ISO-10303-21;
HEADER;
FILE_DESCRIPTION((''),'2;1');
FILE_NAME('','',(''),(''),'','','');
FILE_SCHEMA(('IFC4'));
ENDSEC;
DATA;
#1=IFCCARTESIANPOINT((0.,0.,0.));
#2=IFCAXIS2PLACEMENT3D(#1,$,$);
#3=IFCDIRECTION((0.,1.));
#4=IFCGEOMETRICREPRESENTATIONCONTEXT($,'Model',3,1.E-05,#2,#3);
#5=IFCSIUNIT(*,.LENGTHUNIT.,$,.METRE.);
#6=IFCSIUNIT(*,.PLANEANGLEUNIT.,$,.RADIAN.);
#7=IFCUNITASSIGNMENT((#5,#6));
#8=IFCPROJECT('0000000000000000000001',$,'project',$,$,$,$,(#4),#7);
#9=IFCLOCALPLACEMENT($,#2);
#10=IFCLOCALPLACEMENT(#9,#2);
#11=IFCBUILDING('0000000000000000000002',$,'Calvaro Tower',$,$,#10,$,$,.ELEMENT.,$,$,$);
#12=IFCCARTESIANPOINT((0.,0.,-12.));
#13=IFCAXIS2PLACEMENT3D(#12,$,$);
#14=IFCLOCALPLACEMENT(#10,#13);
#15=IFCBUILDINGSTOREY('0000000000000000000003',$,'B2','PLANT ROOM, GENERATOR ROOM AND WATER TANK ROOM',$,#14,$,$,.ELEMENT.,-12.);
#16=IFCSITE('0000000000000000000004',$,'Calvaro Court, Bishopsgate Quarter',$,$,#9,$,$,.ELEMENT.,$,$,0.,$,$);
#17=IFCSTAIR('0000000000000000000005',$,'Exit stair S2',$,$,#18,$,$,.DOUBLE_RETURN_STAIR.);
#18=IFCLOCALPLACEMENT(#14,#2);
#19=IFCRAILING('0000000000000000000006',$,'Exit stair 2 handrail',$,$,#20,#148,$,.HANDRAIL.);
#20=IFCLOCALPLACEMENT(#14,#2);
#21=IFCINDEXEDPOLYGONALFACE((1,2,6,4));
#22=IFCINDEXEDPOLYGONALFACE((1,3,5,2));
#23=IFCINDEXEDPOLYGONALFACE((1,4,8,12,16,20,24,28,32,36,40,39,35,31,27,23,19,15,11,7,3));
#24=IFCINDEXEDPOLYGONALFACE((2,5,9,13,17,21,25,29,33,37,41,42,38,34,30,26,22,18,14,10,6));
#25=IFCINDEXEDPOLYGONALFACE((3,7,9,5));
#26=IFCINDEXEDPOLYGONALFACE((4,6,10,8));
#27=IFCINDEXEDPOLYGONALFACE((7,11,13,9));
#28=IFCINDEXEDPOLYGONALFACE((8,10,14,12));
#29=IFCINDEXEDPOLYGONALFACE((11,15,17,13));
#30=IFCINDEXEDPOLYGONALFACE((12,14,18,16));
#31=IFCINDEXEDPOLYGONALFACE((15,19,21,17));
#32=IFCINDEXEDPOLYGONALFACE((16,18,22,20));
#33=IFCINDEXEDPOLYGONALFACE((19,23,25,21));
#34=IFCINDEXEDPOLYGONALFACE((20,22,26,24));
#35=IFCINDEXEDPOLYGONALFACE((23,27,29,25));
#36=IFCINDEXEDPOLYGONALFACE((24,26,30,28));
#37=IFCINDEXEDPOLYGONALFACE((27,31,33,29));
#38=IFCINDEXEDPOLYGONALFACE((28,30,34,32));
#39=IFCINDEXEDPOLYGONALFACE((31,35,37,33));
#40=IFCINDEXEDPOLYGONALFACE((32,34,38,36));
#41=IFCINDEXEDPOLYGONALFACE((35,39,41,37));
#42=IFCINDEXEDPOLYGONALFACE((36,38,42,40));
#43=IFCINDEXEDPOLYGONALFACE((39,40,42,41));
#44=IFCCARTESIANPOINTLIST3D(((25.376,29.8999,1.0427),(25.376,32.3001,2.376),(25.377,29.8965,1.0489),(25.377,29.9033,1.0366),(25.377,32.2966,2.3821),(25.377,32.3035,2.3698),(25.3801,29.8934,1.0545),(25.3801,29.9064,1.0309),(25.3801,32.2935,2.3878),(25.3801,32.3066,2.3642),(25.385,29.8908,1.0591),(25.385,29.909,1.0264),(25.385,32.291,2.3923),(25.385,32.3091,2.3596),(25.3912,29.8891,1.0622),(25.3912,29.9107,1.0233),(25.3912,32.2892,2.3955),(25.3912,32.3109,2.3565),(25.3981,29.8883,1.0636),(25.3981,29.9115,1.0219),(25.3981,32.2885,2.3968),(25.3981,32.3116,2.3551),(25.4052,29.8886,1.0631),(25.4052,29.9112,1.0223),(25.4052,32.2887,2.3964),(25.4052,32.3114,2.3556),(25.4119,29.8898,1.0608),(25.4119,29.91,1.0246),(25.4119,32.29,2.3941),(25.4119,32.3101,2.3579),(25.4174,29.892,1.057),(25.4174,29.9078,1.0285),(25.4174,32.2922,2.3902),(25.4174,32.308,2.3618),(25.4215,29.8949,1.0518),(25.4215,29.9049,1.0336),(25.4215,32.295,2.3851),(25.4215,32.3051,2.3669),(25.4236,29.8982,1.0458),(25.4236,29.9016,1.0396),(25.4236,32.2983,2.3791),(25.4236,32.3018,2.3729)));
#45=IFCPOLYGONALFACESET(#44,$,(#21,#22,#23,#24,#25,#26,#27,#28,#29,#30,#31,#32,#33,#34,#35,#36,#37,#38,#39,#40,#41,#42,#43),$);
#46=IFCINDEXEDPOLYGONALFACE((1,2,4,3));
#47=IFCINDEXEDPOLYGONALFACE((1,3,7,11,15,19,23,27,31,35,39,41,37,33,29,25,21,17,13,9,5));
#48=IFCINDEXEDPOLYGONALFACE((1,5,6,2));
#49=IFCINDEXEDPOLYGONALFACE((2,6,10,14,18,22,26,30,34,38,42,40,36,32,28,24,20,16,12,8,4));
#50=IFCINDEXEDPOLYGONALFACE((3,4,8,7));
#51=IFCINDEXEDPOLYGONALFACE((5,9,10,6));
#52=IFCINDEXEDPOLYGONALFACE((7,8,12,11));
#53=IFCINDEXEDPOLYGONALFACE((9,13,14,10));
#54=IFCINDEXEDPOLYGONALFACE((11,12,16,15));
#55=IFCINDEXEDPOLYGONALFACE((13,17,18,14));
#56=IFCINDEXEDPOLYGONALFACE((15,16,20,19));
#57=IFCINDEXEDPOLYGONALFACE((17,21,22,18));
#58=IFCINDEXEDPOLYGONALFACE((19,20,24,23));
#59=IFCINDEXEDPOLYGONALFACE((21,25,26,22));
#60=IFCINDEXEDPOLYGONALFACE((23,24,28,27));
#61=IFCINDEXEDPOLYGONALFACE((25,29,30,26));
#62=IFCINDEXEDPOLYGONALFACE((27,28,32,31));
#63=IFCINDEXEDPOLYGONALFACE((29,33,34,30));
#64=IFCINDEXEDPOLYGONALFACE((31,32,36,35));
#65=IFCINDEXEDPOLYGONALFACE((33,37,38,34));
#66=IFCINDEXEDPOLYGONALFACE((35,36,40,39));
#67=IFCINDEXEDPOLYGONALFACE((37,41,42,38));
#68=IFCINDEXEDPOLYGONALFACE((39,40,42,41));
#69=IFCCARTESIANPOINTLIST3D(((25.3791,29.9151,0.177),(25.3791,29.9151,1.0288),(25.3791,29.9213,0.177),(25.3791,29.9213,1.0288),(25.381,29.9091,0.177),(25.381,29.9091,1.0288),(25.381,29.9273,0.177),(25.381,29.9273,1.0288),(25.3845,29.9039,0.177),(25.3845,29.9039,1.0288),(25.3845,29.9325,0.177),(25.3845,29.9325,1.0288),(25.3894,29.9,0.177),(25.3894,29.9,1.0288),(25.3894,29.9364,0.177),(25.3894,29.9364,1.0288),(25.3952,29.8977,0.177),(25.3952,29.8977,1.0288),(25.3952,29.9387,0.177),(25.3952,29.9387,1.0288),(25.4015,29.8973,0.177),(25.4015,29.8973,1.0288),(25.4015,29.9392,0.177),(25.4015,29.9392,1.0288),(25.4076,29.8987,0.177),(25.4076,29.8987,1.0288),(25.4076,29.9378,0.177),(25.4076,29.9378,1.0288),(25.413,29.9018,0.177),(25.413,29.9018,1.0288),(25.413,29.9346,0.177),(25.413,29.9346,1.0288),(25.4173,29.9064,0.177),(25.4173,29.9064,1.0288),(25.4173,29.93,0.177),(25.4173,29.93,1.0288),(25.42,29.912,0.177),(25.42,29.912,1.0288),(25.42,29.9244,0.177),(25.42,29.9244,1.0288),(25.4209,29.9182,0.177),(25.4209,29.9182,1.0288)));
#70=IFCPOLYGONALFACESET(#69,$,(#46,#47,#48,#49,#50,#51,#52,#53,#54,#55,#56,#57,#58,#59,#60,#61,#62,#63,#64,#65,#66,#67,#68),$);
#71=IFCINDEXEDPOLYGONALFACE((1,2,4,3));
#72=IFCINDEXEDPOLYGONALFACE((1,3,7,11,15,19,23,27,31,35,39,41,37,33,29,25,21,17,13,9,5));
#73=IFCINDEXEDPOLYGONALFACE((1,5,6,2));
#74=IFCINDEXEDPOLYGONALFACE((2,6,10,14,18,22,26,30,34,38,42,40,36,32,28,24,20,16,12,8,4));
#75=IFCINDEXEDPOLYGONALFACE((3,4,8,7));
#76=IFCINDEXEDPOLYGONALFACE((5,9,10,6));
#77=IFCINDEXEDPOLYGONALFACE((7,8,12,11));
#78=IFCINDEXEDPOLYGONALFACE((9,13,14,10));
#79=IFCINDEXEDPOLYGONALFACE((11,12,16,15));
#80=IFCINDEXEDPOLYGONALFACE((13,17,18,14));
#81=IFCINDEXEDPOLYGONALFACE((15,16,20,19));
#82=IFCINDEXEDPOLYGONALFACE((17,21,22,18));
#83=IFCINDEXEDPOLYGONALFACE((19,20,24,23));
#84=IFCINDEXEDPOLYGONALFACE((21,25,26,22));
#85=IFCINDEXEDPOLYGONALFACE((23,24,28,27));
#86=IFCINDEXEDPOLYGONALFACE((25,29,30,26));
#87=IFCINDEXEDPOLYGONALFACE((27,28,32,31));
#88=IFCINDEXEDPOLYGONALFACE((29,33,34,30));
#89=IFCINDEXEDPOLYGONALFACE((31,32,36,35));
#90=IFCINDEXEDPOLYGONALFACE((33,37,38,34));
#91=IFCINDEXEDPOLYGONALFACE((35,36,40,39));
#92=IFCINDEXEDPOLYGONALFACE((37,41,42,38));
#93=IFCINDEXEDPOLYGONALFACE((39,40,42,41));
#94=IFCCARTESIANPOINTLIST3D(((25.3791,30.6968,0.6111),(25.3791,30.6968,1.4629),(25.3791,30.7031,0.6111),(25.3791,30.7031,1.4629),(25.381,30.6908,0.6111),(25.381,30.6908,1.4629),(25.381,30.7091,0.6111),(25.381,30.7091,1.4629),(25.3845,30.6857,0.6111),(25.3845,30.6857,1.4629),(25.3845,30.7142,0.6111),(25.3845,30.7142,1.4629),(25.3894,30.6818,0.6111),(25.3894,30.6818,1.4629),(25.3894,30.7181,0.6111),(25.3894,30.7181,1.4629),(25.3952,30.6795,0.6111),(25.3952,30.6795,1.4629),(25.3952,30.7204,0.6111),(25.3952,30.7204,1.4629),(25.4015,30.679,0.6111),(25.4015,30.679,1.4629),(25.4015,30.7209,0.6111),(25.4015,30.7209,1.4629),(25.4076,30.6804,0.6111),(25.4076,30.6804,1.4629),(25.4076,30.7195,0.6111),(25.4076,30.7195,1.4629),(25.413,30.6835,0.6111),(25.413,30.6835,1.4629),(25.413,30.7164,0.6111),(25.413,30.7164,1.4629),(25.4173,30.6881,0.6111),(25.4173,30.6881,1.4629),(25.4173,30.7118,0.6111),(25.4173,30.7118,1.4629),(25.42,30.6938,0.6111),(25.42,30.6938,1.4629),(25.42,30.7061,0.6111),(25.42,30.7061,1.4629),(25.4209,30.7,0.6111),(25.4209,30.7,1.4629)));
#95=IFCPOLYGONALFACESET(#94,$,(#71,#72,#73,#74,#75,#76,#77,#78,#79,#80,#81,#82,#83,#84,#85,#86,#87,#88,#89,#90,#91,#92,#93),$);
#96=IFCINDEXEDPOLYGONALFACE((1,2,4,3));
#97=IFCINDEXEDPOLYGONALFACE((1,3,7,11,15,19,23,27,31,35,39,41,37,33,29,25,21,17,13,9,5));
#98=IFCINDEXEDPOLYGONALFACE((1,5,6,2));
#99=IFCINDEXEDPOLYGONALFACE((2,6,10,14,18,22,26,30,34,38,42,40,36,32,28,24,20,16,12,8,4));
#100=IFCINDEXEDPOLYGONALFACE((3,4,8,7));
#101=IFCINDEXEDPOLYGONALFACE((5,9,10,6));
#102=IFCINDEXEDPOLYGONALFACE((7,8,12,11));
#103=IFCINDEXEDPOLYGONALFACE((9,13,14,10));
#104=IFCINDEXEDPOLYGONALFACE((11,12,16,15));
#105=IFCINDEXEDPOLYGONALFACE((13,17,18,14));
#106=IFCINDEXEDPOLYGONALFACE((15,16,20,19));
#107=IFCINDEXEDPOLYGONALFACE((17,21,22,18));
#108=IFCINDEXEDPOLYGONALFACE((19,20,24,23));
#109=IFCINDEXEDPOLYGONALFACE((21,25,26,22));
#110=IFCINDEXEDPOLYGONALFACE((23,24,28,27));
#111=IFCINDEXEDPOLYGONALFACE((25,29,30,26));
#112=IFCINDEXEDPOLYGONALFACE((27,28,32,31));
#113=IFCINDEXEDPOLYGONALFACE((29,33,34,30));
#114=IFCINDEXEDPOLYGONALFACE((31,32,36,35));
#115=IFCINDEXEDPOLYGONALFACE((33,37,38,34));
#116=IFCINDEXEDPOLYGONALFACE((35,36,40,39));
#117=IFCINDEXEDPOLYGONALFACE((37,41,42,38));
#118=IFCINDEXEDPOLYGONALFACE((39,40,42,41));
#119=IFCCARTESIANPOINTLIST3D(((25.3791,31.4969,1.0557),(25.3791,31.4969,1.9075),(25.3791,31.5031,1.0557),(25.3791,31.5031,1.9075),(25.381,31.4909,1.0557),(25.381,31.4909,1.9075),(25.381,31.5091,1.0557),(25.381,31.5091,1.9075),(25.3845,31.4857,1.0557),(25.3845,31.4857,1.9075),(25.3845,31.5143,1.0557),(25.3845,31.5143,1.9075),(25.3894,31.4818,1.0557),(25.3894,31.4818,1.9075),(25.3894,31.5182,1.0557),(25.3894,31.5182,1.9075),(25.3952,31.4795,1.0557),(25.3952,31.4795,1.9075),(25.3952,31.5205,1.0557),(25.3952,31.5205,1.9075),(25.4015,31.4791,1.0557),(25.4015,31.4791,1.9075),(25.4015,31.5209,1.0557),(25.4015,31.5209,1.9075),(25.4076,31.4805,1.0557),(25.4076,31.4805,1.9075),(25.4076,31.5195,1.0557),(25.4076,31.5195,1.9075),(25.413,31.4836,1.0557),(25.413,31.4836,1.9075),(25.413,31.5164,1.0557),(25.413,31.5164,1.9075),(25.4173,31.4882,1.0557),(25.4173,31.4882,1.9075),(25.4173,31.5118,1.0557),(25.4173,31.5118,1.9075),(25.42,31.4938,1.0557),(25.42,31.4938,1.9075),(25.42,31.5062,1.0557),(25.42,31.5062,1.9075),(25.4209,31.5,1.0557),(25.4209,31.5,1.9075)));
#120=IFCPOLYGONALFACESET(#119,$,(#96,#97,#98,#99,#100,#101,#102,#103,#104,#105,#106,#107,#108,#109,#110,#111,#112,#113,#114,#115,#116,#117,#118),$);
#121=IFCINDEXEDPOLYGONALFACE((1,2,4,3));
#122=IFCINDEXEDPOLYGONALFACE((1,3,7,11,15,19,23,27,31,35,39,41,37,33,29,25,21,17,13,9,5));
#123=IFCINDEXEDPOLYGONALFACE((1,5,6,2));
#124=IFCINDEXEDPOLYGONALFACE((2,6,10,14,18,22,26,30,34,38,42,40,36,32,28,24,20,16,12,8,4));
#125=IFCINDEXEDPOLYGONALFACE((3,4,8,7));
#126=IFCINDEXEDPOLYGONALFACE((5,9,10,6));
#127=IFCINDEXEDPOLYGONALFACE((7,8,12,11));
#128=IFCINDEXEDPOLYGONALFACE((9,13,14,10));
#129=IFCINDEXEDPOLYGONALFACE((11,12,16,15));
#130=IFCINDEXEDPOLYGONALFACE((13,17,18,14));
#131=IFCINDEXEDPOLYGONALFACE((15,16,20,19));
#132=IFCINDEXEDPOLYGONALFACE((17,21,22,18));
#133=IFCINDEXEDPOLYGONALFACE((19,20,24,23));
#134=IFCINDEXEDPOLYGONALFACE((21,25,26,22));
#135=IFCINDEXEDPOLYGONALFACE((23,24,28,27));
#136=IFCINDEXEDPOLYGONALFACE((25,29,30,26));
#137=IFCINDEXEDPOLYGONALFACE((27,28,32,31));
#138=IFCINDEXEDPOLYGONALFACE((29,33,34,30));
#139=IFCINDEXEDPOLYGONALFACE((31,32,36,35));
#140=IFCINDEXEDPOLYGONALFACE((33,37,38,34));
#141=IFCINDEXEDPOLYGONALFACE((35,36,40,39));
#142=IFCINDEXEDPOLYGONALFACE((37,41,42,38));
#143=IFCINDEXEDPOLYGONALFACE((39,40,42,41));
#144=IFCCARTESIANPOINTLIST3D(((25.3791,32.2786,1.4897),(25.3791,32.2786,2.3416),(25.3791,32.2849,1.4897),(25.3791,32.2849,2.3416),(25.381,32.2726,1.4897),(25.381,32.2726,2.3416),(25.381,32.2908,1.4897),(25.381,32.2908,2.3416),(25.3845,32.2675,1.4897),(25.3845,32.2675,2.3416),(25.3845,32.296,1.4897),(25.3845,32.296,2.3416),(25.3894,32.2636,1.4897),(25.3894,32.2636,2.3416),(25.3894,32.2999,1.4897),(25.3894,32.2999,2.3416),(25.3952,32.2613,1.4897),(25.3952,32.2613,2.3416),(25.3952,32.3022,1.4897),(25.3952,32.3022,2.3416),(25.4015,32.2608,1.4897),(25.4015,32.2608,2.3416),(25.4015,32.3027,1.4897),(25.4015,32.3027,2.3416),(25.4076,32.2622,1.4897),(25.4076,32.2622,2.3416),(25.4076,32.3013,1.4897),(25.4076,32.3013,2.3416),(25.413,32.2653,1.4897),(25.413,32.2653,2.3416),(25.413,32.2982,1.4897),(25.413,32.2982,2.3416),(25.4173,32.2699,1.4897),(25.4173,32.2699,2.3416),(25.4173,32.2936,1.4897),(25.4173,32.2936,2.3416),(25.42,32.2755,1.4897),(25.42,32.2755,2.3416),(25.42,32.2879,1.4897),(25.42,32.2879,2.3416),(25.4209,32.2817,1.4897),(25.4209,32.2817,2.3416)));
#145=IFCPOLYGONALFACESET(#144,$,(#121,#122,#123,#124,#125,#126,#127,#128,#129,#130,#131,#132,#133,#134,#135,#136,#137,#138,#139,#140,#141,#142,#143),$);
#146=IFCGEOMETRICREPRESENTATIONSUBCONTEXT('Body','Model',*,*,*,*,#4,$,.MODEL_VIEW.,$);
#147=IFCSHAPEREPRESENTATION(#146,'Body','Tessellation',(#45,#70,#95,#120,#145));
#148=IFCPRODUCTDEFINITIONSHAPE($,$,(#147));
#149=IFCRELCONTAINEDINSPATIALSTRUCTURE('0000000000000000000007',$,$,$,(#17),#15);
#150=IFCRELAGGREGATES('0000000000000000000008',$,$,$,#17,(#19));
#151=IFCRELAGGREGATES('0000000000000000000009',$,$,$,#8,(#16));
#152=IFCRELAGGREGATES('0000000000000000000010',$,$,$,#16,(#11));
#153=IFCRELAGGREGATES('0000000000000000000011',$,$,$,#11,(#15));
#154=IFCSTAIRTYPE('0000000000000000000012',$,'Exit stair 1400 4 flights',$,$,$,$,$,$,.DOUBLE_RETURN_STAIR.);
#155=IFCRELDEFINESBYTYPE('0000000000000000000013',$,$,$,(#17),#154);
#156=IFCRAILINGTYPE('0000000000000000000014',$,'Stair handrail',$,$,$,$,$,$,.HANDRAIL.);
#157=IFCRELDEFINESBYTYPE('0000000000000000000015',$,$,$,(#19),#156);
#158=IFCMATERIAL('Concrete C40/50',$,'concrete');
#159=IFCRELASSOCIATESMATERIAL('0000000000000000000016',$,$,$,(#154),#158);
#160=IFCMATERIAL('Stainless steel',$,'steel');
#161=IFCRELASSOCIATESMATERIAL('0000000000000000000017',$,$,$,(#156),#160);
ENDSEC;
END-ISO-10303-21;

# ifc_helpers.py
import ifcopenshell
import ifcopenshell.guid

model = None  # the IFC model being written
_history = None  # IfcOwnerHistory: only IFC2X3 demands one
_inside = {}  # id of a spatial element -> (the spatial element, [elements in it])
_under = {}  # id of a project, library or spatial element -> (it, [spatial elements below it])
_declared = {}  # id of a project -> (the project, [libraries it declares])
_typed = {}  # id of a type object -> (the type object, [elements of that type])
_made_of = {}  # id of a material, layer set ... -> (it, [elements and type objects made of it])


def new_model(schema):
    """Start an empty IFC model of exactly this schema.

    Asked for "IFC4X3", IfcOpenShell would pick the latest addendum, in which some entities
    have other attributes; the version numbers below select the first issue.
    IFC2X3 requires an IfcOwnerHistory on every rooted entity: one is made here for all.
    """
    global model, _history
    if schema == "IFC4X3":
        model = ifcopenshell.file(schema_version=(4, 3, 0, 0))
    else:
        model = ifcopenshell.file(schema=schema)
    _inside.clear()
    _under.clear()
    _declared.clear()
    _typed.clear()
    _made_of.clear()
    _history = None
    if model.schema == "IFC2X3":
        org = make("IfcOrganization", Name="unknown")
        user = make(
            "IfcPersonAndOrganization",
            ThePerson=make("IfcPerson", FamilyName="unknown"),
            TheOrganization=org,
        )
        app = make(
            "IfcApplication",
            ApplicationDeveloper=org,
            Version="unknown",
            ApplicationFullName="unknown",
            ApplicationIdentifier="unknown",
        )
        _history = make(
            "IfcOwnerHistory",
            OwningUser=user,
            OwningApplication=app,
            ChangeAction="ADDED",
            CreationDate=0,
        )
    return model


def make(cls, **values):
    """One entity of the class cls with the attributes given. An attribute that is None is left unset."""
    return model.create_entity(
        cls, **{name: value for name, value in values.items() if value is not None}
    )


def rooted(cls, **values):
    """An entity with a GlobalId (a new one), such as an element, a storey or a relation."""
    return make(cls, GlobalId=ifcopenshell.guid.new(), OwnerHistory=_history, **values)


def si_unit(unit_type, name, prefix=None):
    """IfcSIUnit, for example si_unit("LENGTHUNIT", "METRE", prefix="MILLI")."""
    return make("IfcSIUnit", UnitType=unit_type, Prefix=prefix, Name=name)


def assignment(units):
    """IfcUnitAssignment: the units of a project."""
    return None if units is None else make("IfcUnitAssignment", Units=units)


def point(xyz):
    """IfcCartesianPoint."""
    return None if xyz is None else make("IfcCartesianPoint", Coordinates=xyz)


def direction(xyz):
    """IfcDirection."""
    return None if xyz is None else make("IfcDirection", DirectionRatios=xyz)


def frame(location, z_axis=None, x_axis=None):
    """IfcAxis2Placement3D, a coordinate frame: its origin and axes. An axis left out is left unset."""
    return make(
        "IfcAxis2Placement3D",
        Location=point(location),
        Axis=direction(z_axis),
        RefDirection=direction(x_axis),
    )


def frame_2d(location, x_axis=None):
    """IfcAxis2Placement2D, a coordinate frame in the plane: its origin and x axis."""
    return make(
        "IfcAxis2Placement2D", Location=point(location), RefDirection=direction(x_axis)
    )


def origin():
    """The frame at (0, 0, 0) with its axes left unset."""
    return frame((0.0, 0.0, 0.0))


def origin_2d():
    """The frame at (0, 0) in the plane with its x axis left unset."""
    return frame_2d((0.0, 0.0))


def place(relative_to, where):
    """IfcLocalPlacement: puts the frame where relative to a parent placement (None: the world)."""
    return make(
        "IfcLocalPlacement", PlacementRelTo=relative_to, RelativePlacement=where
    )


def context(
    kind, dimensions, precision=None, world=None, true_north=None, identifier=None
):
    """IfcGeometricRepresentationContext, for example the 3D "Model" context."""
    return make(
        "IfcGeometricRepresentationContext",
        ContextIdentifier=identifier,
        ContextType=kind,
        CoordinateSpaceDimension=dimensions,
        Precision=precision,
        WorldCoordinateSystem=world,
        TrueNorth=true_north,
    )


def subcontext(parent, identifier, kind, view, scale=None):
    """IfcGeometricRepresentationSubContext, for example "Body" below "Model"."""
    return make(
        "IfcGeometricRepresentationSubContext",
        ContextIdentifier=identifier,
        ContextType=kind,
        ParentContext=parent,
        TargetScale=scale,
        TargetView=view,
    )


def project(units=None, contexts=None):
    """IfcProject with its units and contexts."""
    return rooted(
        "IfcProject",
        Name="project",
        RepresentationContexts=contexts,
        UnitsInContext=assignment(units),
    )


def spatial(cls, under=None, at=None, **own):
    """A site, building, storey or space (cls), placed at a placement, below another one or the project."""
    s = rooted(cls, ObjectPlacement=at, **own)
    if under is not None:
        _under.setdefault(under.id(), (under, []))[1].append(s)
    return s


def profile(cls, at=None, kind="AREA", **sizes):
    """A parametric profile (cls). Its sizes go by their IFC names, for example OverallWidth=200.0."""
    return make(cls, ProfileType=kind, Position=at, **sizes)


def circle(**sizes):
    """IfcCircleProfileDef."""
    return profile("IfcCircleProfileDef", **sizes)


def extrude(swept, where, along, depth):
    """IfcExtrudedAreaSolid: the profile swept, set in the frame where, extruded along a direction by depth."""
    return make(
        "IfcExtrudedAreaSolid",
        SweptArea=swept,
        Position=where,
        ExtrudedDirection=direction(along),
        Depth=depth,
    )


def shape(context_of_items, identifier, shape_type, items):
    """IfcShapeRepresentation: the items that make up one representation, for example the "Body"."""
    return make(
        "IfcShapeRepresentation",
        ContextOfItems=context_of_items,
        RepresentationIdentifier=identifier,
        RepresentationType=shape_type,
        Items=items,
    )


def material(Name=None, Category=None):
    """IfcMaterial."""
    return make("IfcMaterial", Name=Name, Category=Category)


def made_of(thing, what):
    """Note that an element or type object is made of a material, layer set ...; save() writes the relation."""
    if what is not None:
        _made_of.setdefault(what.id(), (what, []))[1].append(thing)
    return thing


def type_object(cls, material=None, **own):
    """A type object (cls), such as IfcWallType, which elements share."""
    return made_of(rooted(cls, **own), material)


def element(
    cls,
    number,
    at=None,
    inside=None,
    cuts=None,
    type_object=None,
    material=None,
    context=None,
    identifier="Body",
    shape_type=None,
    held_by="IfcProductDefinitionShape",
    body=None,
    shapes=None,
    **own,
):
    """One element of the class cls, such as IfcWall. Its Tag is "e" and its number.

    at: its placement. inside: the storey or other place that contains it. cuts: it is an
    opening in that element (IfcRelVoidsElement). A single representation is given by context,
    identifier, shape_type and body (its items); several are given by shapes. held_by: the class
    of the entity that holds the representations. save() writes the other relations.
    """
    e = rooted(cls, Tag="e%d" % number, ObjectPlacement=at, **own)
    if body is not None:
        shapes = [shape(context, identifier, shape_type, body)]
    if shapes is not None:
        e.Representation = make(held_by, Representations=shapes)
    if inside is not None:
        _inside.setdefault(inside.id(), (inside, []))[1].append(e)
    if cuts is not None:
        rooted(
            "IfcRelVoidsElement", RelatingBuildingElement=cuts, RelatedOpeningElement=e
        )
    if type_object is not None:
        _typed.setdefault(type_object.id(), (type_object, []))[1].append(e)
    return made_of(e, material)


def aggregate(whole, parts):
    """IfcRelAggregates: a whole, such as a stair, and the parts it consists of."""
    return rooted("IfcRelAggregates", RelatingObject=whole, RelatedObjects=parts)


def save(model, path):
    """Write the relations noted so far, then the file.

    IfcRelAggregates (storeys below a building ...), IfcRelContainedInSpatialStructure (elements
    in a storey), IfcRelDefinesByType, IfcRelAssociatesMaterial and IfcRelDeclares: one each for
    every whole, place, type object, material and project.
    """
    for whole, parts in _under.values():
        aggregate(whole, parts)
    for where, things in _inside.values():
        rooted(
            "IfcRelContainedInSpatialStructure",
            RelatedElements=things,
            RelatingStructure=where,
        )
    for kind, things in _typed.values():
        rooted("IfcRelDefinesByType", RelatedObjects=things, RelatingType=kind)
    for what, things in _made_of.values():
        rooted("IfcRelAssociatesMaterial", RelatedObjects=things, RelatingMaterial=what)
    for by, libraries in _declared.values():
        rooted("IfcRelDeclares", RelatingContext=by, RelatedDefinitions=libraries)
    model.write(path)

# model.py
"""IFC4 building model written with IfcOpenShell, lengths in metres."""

from ifc_helpers import new_model, si_unit, direction, frame, origin, origin_2d, place, context, subcontext, project, spatial, circle, extrude, material, type_object, element, aggregate, save


model = new_model("IFC4")

# Units and contexts
model_context = context("Model", 3, precision=1e-05, world=origin(), true_north=direction((0.0, 1.0)))
body_context = subcontext(model_context, "Body", "Model", "MODEL_VIEW")
ifc_project = project(units=[si_unit("LENGTHUNIT", "METRE"), si_unit("PLANEANGLEUNIT", "RADIAN")], contexts=[model_context])

# Site, building, storey
site_placement = place(None, origin())
site = spatial("IfcSite", under=ifc_project, at=site_placement, Name="Calvaro Court, Bishopsgate Quarter", CompositionType="ELEMENT", RefElevation=0.0)
building_placement = place(site_placement, origin())
building = spatial("IfcBuilding", under=site, at=building_placement, Name="Calvaro Tower", CompositionType="ELEMENT")
storey_placement = place(building_placement, frame((0.0, 0.0, -12.0)))
storey = spatial("IfcBuildingStorey", under=building, at=storey_placement, Name="B2", Description="PLANT ROOM, GENERATOR ROOM AND WATER TANK ROOM", CompositionType="ELEMENT", Elevation=-12.0)

# Stair, railing
ifc_material_1 = material(Name="Concrete C40/50", Category="concrete")
stair_type = type_object("IfcStairType", Name="Exit stair 1400 4 flights", PredefinedType="DOUBLE_RETURN_STAIR", material=ifc_material_1)
stair_placement = place(storey_placement, origin())
stair = element("IfcStair", 1, at=stair_placement, inside=storey, type_object=stair_type, Name="Exit stair S2", PredefinedType="DOUBLE_RETURN_STAIR")
ifc_material_2 = material(Name="Stainless steel", Category="steel")
railing_type = type_object("IfcRailingType", Name="Stair handrail", PredefinedType="HANDRAIL", material=ifc_material_2)
railing_1_placement = place(storey_placement, frame((25.3999, 29.8999, 0.1667)))
railing_1 = element("IfcRailing", 2, at=railing_1_placement, type_object=railing_type, Name="Exit stair 2 handrail", PredefinedType="HANDRAIL", context=body_context, shape_type="SweptSolid", body=[
    extrude(circle(Radius=0.0239, at=origin_2d()), frame((0.0, 0.0, 0.876), z_axis=(0.0, 0.874182, 0.485598), x_axis=(-1.0, 0.0, 0.0)), (0.0, 0.0, 1.0), 2.7456),
    extrude(circle(Radius=0.021, at=origin_2d()), frame((0.0, 0.0183, 0.0103)), (0.0, 0.0, 1.0), 0.8518),
    extrude(circle(Radius=0.021, at=origin_2d()), frame((0.0, 0.8, 0.4443)), (0.0, 0.0, 1.0), 0.8518),
    extrude(circle(Radius=0.021, at=origin_2d()), frame((0.0, 1.6001, 0.8889)), (0.0, 0.0, 1.0), 0.8518),
    extrude(circle(Radius=0.021, at=origin_2d()), frame((0.0, 2.3818, 1.323)), (0.0, 0.0, 1.0), 0.8518),
])
aggregate(stair, [railing_1])

save(model, "model.ifc")
